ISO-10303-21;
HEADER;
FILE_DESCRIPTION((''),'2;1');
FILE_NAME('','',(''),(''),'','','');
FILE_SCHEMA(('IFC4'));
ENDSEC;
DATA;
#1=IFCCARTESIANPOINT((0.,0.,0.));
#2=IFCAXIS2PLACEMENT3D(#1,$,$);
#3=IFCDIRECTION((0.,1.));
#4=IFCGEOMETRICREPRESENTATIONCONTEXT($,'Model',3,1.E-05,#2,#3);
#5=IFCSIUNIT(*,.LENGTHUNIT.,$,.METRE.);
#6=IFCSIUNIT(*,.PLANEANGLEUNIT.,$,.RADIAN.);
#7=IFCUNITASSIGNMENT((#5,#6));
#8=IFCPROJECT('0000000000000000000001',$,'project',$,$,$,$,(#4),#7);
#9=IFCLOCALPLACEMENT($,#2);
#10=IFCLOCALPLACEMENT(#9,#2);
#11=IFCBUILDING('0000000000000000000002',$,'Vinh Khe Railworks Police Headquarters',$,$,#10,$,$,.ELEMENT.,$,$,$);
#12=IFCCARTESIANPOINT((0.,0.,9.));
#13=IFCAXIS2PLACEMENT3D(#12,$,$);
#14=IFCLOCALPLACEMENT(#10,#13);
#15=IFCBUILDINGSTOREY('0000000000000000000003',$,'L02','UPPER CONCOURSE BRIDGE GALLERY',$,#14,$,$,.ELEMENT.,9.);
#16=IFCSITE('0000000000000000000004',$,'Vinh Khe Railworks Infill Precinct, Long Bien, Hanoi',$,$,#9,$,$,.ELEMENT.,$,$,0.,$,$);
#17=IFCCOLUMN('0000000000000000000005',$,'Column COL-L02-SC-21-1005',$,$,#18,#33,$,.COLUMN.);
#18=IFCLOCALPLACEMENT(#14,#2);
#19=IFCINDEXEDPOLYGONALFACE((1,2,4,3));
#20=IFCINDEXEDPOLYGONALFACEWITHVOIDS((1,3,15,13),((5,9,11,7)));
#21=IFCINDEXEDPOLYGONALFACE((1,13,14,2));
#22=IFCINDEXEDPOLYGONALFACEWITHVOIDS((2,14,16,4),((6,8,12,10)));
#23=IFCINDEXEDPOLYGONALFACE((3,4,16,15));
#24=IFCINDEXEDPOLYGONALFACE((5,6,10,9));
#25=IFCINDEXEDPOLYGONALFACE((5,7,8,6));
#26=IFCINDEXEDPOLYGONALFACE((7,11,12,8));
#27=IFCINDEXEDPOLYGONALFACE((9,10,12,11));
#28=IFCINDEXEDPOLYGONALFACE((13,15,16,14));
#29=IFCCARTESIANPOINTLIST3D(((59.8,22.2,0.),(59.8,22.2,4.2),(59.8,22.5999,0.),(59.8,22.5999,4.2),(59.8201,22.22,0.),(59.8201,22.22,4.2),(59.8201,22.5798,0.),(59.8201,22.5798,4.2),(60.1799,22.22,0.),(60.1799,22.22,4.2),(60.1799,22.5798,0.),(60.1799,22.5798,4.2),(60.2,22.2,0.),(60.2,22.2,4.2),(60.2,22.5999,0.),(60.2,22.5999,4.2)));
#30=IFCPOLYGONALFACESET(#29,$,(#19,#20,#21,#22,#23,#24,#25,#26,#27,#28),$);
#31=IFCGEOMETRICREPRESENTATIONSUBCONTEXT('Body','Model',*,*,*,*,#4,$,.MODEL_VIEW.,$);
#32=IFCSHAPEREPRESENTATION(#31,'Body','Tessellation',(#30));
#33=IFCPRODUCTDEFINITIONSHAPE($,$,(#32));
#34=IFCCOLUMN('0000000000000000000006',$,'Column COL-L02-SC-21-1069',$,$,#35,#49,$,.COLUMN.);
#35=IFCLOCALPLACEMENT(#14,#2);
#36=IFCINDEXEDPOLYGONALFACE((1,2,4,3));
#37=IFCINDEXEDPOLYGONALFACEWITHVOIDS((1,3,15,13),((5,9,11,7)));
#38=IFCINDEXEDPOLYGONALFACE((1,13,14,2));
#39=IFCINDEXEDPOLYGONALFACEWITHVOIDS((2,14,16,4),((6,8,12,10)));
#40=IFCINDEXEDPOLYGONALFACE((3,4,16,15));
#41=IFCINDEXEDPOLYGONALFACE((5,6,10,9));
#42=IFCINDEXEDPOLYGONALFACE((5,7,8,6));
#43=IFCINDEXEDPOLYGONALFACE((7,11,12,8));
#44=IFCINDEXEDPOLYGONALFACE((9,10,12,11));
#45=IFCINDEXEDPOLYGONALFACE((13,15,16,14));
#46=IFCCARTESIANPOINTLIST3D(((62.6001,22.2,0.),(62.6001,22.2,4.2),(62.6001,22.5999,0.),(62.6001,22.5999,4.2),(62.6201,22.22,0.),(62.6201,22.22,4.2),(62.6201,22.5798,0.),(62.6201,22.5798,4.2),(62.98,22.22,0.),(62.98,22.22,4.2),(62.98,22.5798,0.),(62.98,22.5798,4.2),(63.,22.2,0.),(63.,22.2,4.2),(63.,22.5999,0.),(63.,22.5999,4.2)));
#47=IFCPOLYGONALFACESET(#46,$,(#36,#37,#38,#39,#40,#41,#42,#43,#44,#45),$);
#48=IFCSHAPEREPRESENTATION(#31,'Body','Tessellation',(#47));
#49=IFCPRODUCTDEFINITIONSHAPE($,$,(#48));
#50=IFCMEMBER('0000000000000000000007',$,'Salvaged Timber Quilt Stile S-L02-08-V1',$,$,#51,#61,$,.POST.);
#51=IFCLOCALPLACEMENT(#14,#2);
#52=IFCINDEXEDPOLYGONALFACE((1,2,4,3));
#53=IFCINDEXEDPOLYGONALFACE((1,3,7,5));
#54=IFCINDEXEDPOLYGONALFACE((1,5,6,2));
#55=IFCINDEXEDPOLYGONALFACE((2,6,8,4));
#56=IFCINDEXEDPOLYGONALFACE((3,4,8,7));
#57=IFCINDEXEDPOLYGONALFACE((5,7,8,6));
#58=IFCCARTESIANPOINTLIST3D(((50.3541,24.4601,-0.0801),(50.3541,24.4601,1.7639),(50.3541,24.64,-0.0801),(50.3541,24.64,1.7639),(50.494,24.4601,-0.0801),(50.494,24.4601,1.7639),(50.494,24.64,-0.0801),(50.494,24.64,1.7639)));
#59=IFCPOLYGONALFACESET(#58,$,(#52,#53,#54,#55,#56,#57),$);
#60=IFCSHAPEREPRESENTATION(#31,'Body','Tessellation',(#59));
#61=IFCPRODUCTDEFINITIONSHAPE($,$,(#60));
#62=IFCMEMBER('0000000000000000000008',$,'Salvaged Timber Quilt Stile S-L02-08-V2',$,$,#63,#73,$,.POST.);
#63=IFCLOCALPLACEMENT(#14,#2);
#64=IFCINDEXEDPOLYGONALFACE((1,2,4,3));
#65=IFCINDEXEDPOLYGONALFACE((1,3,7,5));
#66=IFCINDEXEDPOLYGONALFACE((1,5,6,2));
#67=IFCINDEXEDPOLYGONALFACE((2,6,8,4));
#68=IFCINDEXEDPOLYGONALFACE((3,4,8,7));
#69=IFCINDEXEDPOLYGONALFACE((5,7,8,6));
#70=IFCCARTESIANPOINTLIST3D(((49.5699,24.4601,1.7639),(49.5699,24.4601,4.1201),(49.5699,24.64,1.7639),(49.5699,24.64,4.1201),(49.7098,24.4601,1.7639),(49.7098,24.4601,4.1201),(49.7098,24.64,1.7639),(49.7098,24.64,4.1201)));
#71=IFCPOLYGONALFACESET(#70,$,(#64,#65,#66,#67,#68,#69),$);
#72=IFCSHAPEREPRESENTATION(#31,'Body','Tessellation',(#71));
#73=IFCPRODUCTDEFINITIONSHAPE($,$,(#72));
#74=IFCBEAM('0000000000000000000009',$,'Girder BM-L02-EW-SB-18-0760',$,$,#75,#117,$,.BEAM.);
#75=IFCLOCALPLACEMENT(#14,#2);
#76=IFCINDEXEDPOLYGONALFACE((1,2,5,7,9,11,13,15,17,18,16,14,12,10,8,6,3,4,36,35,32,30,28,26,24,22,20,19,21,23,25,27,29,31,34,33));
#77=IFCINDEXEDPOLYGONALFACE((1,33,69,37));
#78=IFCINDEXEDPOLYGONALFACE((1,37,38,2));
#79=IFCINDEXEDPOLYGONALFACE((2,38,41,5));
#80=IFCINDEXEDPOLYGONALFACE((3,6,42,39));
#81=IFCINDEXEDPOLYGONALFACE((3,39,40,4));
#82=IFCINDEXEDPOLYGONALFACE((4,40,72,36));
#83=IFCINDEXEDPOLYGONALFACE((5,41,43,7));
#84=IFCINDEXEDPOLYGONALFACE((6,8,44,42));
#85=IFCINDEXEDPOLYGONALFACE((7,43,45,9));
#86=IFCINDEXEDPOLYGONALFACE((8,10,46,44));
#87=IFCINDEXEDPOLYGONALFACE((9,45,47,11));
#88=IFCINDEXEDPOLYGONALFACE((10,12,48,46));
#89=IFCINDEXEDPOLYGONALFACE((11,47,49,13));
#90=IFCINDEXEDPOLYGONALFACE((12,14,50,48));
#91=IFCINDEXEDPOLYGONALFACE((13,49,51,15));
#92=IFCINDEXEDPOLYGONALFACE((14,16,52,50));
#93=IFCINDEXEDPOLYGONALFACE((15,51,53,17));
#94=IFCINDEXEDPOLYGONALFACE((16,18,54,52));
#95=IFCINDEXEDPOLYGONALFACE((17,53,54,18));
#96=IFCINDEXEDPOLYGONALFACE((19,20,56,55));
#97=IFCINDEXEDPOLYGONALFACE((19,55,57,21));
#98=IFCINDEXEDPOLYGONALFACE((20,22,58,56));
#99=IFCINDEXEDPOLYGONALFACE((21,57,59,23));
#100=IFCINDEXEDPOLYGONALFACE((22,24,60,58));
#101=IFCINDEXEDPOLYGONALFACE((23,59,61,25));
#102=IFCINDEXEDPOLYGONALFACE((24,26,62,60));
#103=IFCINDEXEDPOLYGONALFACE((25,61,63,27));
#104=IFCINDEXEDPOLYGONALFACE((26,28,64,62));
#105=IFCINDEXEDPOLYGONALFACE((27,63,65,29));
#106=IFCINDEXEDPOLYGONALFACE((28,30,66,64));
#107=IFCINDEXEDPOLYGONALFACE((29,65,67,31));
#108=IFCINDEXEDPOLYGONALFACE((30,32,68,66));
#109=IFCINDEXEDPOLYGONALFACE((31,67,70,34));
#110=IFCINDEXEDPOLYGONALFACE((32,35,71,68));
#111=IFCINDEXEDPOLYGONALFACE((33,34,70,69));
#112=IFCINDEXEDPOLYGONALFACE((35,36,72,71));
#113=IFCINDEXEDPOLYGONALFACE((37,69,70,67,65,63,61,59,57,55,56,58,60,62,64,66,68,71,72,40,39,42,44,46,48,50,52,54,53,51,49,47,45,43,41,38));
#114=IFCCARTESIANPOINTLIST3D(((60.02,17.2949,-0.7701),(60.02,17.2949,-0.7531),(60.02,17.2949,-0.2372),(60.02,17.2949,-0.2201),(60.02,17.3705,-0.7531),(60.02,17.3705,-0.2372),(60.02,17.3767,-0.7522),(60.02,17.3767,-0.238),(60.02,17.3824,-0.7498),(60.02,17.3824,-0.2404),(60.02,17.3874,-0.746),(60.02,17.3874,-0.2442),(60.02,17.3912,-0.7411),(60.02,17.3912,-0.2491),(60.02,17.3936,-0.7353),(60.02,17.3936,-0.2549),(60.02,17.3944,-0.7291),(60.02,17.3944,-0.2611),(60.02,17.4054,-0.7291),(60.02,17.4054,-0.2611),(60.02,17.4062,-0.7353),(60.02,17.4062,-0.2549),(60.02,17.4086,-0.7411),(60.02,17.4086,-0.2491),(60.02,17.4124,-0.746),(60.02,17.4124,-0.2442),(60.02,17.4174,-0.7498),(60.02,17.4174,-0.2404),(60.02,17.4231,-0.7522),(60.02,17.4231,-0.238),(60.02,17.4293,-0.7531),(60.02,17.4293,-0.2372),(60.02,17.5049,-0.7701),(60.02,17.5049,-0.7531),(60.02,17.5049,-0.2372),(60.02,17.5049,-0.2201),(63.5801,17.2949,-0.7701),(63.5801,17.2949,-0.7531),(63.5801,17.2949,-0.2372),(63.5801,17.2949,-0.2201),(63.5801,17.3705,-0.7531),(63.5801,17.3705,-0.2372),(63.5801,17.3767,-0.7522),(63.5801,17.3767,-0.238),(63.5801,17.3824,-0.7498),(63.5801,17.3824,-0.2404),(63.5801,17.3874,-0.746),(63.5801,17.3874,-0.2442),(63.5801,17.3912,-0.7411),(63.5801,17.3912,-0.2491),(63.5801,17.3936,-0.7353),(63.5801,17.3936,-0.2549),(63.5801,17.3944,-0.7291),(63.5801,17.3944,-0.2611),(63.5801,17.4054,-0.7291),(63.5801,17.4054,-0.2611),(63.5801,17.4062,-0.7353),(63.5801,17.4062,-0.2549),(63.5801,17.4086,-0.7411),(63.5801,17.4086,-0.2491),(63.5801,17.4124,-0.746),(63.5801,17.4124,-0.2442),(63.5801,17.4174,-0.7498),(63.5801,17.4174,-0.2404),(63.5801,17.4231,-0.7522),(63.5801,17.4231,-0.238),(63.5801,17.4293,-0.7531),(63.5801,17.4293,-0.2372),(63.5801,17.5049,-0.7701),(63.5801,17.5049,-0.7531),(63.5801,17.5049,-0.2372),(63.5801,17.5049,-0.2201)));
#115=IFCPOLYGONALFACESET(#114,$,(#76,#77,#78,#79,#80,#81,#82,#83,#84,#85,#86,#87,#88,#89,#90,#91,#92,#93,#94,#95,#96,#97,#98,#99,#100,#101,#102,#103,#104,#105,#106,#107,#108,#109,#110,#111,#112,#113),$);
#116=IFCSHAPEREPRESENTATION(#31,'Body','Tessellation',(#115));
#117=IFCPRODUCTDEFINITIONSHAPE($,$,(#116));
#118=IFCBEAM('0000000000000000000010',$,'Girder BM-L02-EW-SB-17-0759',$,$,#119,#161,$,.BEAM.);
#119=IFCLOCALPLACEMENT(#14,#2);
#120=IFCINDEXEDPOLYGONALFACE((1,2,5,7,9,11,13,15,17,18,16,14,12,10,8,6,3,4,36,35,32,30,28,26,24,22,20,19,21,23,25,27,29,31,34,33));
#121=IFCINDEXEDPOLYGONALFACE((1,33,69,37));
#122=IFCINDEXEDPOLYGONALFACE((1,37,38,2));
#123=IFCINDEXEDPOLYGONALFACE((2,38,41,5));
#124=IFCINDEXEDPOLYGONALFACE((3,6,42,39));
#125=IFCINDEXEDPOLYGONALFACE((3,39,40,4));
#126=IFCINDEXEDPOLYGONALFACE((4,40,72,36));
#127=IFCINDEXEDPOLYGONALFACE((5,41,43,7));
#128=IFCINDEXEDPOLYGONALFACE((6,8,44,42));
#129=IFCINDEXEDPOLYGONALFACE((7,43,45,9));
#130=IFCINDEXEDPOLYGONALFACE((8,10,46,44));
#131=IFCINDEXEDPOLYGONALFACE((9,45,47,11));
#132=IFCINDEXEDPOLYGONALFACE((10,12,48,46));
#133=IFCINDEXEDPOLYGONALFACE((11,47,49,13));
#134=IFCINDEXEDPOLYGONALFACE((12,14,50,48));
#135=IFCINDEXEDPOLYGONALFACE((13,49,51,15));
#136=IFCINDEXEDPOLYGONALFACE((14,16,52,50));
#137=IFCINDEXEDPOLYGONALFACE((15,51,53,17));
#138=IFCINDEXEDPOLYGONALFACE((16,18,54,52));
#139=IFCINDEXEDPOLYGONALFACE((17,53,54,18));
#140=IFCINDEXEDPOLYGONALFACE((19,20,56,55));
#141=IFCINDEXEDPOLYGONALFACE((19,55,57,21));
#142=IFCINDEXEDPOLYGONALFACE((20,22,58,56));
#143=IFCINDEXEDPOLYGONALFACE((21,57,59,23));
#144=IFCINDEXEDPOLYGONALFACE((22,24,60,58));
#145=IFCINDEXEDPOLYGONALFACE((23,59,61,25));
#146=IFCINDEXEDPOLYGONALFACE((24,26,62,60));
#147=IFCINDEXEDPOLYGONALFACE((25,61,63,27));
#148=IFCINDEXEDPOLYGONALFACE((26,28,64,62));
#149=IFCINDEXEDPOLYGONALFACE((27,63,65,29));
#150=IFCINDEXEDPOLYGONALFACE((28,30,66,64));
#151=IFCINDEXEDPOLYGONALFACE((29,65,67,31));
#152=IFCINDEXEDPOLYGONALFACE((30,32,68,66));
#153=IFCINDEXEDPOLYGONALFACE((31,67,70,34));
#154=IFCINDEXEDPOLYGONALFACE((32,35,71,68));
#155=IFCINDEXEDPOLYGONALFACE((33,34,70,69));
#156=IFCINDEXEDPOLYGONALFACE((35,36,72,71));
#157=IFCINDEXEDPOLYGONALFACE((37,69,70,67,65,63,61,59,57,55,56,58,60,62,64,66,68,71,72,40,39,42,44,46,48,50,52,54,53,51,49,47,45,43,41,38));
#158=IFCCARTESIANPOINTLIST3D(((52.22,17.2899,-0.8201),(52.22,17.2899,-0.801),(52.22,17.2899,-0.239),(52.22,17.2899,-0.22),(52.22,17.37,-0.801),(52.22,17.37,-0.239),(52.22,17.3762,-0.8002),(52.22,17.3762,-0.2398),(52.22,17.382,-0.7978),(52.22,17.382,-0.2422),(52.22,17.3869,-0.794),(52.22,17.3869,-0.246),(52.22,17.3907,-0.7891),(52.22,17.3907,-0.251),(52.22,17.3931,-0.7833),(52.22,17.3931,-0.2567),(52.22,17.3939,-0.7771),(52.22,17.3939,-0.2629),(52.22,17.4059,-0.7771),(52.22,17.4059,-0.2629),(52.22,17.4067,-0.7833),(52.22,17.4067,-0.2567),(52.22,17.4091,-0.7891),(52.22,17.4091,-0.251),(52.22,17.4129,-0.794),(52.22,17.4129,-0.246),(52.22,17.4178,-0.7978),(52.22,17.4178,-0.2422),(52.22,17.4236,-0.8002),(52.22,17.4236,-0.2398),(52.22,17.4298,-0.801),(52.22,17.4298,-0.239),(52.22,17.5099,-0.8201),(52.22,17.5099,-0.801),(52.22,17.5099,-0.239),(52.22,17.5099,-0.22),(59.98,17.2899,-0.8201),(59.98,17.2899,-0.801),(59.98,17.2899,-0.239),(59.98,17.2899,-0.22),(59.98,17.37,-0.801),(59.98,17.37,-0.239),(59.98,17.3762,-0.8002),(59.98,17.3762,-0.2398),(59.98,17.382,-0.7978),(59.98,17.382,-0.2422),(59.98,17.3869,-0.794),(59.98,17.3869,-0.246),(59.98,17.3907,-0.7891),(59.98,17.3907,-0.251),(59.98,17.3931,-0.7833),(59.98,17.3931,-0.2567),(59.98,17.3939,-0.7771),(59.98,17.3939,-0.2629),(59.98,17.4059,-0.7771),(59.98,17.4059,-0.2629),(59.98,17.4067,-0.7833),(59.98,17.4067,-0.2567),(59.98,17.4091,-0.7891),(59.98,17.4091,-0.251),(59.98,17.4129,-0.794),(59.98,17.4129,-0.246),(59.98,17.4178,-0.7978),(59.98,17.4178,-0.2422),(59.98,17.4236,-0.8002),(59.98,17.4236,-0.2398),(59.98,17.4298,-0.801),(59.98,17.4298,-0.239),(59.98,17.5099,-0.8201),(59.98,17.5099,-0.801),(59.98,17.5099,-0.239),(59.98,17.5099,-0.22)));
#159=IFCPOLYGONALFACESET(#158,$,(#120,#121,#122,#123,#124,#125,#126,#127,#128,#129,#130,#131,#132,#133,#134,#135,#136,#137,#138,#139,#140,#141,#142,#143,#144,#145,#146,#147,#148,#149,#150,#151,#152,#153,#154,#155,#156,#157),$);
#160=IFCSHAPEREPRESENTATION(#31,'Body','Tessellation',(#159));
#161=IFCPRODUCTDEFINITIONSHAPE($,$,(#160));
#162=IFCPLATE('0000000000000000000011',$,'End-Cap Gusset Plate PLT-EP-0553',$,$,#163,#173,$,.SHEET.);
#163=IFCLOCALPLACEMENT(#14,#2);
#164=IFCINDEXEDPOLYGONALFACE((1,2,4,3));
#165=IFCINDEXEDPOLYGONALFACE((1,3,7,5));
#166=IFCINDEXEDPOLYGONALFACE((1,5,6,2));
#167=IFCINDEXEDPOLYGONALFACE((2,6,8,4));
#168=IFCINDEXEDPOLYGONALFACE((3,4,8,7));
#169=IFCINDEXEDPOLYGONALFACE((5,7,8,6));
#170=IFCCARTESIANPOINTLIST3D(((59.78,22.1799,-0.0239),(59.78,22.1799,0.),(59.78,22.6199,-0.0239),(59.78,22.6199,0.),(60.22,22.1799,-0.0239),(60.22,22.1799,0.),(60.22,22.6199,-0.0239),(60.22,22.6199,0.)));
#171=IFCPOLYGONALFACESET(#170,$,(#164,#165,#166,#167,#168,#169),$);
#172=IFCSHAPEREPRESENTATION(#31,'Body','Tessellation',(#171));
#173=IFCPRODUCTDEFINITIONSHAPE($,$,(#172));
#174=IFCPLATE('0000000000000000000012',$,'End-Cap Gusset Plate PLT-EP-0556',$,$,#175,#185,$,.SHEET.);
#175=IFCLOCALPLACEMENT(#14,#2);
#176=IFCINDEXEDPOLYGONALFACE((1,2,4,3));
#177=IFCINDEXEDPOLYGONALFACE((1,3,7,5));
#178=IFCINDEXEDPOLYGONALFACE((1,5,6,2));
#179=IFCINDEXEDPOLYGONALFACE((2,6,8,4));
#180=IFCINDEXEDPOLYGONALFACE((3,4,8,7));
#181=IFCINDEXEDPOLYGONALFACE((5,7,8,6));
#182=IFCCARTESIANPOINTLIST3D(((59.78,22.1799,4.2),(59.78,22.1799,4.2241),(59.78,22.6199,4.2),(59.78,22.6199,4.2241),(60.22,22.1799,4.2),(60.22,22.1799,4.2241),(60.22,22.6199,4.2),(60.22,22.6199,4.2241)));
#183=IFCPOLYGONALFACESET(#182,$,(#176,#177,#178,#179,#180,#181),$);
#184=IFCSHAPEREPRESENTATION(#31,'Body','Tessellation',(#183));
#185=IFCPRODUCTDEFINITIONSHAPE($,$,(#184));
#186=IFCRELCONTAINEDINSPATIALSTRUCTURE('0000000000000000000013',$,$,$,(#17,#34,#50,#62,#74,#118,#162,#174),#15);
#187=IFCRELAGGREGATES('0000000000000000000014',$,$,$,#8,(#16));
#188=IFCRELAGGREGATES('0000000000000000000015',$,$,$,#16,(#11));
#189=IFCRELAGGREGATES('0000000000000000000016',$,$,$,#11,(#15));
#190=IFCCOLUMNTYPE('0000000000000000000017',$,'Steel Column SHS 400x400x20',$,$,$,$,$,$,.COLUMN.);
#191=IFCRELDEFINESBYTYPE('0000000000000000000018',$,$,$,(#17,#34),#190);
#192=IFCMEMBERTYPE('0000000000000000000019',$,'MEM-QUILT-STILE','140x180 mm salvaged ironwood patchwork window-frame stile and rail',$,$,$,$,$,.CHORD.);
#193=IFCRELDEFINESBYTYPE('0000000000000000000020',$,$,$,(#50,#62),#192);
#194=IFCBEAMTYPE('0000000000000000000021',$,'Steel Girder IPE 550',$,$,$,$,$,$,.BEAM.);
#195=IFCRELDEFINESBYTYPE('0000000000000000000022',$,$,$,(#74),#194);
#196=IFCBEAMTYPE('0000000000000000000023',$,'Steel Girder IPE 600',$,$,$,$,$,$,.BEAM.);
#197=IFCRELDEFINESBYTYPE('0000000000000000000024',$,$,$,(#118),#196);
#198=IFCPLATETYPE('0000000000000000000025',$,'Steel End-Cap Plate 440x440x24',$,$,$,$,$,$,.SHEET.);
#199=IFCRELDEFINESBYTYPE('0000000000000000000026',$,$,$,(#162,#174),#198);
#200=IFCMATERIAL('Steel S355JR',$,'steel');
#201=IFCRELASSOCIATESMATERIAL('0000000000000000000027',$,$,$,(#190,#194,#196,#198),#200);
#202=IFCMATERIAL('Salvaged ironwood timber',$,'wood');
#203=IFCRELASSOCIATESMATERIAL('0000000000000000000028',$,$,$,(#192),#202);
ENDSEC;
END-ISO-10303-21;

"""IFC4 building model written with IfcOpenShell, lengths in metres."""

from ifc_helpers import new_model, si_unit, direction, frame, origin, origin_2d, place, context, subcontext, project, spatial, rectangle, hollow_rectangle, i_section, extrude, material, material_profile, profile_set, type_object, element, save


model = new_model("IFC4")

# Units and contexts
model_context = context("Model", 3, precision=1e-05, world=origin(), true_north=direction((0.0, 1.0)))
body_context = subcontext(model_context, "Body", "Model", "MODEL_VIEW")
ifc_project = project(units=[si_unit("LENGTHUNIT", "METRE"), si_unit("PLANEANGLEUNIT", "RADIAN")], contexts=[model_context])

# Site, building, storey
site_placement = place(None, origin())
site = spatial("IfcSite", under=ifc_project, at=site_placement, Name="Vinh Khe Railworks Infill Precinct, Long Bien, Hanoi", CompositionType="ELEMENT", RefElevation=0.0)
building_placement = place(site_placement, origin())
building = spatial("IfcBuilding", under=site, at=building_placement, Name="Vinh Khe Railworks Police Headquarters", CompositionType="ELEMENT")
storey_placement = place(building_placement, frame((0.0, 0.0, 9.0)))
storey = spatial("IfcBuildingStorey", under=building, at=storey_placement, Name="L02", Description="UPPER CONCOURSE BRIDGE GALLERY", CompositionType="ELEMENT", Elevation=9.0)

# Columns
ifc_material_1 = material(Name="Steel S355JR", Category="steel")
ifc_material_profile_1 = material_profile(ifc_material_1, hollow_rectangle(XDim=0.3999, YDim=0.3999, WallThickness=0.02, at=origin_2d()), Name="SHS 400x400x20")
ifc_profile_set_1 = profile_set([ifc_material_profile_1], Name="Steel S355JR")
column_type = type_object("IfcColumnType", Name="Steel Column SHS 400x400x20", PredefinedType="COLUMN", material=ifc_profile_set_1)
for number, where, z_axis, x_axis, name in (
    (1, (60.0, 22.3999, 0.0), (0.0, 0.0, 1.0), (1.0, 0.0, 0.0), "Column COL-L02-SC-21-1005"),
    (2, (62.8, 22.3999, 0.0), (0.0, 0.0, 1.0), (1.0, 0.0, 0.0), "Column COL-L02-SC-21-1069"),
):
    element("IfcColumn", number, at=place(storey_placement, frame(where, z_axis=z_axis, x_axis=x_axis)), inside=storey, type_object=column_type, Name=name, PredefinedType="COLUMN", context=body_context, shape_type="SweptSolid", body=[
        extrude(hollow_rectangle(XDim=0.3999, YDim=0.3999, WallThickness=0.02, at=origin_2d()), origin(), (0.0, 0.0, 1.0), 4.2),
    ])

# Members
ifc_material_2 = material(Name="Salvaged ironwood timber", Category="wood")
ifc_material_profile_2 = material_profile(ifc_material_2, rectangle(XDim=0.1399, YDim=0.1799, at=origin_2d()), Name="TIMBER 140x180")
ifc_profile_set_2 = profile_set([ifc_material_profile_2], Name="Salvaged ironwood timber")
member_type = type_object("IfcMemberType", Name="MEM-QUILT-STILE", Description="140x180 mm salvaged ironwood patchwork window-frame stile and rail", PredefinedType="CHORD", material=ifc_profile_set_2)
member_1_placement = place(storey_placement, frame((50.4241, 24.55, -0.0801), z_axis=(0.0, 0.0, 1.0), x_axis=(1.0, 0.0, 0.0)))
element("IfcMember", 3, at=member_1_placement, inside=storey, type_object=member_type, Name="Salvaged Timber Quilt Stile S-L02-08-V1", PredefinedType="POST", context=body_context, shape_type="SweptSolid", body=[
    extrude(rectangle(XDim=0.1399, YDim=0.1799, at=origin_2d()), origin(), (0.0, 0.0, 1.0), 1.844),
])
member_2_placement = place(storey_placement, frame((49.6399, 24.55, 1.7639), z_axis=(0.0, 0.0, 1.0), x_axis=(1.0, 0.0, 0.0)))
element("IfcMember", 4, at=member_2_placement, inside=storey, type_object=member_type, Name="Salvaged Timber Quilt Stile S-L02-08-V2", PredefinedType="POST", context=body_context, shape_type="SweptSolid", body=[
    extrude(rectangle(XDim=0.1399, YDim=0.1799, at=origin_2d()), origin(), (0.0, 0.0, 1.0), 2.3562),
])

# Beams
ifc_material_profile_3 = material_profile(ifc_material_1, i_section(OverallWidth=0.21, OverallDepth=0.55, WebThickness=0.011, FlangeThickness=0.0171, FilletRadius=0.0239, at=origin_2d()), Name="IPE 550")
ifc_profile_set_3 = profile_set([ifc_material_profile_3], Name="Steel S355JR")
beam_type_1 = type_object("IfcBeamType", Name="Steel Girder IPE 550", PredefinedType="BEAM", material=ifc_profile_set_3)
beam_1_placement = place(storey_placement, frame((60.02, 17.3999, -0.4951), z_axis=(1.0, 0.0, 0.0), x_axis=(0.0, 1.0, 0.0)))
element("IfcBeam", 5, at=beam_1_placement, inside=storey, type_object=beam_type_1, Name="Girder BM-L02-EW-SB-18-0760", PredefinedType="BEAM", context=body_context, shape_type="SweptSolid", body=[
    extrude(i_section(OverallWidth=0.21, OverallDepth=0.55, WebThickness=0.011, FlangeThickness=0.0171, FilletRadius=0.0239, at=origin_2d()), origin(), (0.0, 0.0, 1.0), 3.5601),
])
ifc_material_profile_4 = material_profile(ifc_material_1, i_section(OverallWidth=0.22, OverallDepth=0.6001, WebThickness=0.012, FlangeThickness=0.019, FilletRadius=0.0239, at=origin_2d()), Name="IPE 600")
ifc_profile_set_4 = profile_set([ifc_material_profile_4], Name="Steel S355JR")
beam_type_2 = type_object("IfcBeamType", Name="Steel Girder IPE 600", PredefinedType="BEAM", material=ifc_profile_set_4)
beam_2_placement = place(storey_placement, frame((52.22, 17.3999, -0.52), z_axis=(1.0, 0.0, 0.0), x_axis=(0.0, 1.0, 0.0)))
element("IfcBeam", 6, at=beam_2_placement, inside=storey, type_object=beam_type_2, Name="Girder BM-L02-EW-SB-17-0759", PredefinedType="BEAM", context=body_context, shape_type="SweptSolid", body=[
    extrude(i_section(OverallWidth=0.22, OverallDepth=0.6001, WebThickness=0.012, FlangeThickness=0.019, FilletRadius=0.0239, at=origin_2d()), origin(), (0.0, 0.0, 1.0), 7.76),
])

# Plates
ifc_material_profile_5 = material_profile(ifc_material_1, rectangle(XDim=0.4399, YDim=0.4399, at=origin_2d()), Name="PL 440x440")
ifc_profile_set_5 = profile_set([ifc_material_profile_5], Name="Steel S355JR")
plate_type = type_object("IfcPlateType", Name="Steel End-Cap Plate 440x440x24", PredefinedType="SHEET", material=ifc_profile_set_5)
plate_1_placement = place(storey_placement, frame((60.0, 22.3999, 0.0), z_axis=(0.0, 0.0, -1.0), x_axis=(1.0, 0.0, 0.0)))
element("IfcPlate", 7, at=plate_1_placement, inside=storey, type_object=plate_type, Name="End-Cap Gusset Plate PLT-EP-0553", PredefinedType="SHEET", context=body_context, shape_type="SweptSolid", body=[
    extrude(rectangle(XDim=0.4399, YDim=0.4399, at=origin_2d()), origin(), (0.0, 0.0, 1.0), 0.0239),
])
plate_2_placement = place(storey_placement, frame((60.0, 22.3999, 4.2), z_axis=(0.0, 0.0, 1.0), x_axis=(1.0, 0.0, 0.0)))
element("IfcPlate", 8, at=plate_2_placement, inside=storey, type_object=plate_type, Name="End-Cap Gusset Plate PLT-EP-0556", PredefinedType="SHEET", context=body_context, shape_type="SweptSolid", body=[
    extrude(rectangle(XDim=0.4399, YDim=0.4399, at=origin_2d()), origin(), (0.0, 0.0, 1.0), 0.0242),
])

save(model, "model.ifc")
